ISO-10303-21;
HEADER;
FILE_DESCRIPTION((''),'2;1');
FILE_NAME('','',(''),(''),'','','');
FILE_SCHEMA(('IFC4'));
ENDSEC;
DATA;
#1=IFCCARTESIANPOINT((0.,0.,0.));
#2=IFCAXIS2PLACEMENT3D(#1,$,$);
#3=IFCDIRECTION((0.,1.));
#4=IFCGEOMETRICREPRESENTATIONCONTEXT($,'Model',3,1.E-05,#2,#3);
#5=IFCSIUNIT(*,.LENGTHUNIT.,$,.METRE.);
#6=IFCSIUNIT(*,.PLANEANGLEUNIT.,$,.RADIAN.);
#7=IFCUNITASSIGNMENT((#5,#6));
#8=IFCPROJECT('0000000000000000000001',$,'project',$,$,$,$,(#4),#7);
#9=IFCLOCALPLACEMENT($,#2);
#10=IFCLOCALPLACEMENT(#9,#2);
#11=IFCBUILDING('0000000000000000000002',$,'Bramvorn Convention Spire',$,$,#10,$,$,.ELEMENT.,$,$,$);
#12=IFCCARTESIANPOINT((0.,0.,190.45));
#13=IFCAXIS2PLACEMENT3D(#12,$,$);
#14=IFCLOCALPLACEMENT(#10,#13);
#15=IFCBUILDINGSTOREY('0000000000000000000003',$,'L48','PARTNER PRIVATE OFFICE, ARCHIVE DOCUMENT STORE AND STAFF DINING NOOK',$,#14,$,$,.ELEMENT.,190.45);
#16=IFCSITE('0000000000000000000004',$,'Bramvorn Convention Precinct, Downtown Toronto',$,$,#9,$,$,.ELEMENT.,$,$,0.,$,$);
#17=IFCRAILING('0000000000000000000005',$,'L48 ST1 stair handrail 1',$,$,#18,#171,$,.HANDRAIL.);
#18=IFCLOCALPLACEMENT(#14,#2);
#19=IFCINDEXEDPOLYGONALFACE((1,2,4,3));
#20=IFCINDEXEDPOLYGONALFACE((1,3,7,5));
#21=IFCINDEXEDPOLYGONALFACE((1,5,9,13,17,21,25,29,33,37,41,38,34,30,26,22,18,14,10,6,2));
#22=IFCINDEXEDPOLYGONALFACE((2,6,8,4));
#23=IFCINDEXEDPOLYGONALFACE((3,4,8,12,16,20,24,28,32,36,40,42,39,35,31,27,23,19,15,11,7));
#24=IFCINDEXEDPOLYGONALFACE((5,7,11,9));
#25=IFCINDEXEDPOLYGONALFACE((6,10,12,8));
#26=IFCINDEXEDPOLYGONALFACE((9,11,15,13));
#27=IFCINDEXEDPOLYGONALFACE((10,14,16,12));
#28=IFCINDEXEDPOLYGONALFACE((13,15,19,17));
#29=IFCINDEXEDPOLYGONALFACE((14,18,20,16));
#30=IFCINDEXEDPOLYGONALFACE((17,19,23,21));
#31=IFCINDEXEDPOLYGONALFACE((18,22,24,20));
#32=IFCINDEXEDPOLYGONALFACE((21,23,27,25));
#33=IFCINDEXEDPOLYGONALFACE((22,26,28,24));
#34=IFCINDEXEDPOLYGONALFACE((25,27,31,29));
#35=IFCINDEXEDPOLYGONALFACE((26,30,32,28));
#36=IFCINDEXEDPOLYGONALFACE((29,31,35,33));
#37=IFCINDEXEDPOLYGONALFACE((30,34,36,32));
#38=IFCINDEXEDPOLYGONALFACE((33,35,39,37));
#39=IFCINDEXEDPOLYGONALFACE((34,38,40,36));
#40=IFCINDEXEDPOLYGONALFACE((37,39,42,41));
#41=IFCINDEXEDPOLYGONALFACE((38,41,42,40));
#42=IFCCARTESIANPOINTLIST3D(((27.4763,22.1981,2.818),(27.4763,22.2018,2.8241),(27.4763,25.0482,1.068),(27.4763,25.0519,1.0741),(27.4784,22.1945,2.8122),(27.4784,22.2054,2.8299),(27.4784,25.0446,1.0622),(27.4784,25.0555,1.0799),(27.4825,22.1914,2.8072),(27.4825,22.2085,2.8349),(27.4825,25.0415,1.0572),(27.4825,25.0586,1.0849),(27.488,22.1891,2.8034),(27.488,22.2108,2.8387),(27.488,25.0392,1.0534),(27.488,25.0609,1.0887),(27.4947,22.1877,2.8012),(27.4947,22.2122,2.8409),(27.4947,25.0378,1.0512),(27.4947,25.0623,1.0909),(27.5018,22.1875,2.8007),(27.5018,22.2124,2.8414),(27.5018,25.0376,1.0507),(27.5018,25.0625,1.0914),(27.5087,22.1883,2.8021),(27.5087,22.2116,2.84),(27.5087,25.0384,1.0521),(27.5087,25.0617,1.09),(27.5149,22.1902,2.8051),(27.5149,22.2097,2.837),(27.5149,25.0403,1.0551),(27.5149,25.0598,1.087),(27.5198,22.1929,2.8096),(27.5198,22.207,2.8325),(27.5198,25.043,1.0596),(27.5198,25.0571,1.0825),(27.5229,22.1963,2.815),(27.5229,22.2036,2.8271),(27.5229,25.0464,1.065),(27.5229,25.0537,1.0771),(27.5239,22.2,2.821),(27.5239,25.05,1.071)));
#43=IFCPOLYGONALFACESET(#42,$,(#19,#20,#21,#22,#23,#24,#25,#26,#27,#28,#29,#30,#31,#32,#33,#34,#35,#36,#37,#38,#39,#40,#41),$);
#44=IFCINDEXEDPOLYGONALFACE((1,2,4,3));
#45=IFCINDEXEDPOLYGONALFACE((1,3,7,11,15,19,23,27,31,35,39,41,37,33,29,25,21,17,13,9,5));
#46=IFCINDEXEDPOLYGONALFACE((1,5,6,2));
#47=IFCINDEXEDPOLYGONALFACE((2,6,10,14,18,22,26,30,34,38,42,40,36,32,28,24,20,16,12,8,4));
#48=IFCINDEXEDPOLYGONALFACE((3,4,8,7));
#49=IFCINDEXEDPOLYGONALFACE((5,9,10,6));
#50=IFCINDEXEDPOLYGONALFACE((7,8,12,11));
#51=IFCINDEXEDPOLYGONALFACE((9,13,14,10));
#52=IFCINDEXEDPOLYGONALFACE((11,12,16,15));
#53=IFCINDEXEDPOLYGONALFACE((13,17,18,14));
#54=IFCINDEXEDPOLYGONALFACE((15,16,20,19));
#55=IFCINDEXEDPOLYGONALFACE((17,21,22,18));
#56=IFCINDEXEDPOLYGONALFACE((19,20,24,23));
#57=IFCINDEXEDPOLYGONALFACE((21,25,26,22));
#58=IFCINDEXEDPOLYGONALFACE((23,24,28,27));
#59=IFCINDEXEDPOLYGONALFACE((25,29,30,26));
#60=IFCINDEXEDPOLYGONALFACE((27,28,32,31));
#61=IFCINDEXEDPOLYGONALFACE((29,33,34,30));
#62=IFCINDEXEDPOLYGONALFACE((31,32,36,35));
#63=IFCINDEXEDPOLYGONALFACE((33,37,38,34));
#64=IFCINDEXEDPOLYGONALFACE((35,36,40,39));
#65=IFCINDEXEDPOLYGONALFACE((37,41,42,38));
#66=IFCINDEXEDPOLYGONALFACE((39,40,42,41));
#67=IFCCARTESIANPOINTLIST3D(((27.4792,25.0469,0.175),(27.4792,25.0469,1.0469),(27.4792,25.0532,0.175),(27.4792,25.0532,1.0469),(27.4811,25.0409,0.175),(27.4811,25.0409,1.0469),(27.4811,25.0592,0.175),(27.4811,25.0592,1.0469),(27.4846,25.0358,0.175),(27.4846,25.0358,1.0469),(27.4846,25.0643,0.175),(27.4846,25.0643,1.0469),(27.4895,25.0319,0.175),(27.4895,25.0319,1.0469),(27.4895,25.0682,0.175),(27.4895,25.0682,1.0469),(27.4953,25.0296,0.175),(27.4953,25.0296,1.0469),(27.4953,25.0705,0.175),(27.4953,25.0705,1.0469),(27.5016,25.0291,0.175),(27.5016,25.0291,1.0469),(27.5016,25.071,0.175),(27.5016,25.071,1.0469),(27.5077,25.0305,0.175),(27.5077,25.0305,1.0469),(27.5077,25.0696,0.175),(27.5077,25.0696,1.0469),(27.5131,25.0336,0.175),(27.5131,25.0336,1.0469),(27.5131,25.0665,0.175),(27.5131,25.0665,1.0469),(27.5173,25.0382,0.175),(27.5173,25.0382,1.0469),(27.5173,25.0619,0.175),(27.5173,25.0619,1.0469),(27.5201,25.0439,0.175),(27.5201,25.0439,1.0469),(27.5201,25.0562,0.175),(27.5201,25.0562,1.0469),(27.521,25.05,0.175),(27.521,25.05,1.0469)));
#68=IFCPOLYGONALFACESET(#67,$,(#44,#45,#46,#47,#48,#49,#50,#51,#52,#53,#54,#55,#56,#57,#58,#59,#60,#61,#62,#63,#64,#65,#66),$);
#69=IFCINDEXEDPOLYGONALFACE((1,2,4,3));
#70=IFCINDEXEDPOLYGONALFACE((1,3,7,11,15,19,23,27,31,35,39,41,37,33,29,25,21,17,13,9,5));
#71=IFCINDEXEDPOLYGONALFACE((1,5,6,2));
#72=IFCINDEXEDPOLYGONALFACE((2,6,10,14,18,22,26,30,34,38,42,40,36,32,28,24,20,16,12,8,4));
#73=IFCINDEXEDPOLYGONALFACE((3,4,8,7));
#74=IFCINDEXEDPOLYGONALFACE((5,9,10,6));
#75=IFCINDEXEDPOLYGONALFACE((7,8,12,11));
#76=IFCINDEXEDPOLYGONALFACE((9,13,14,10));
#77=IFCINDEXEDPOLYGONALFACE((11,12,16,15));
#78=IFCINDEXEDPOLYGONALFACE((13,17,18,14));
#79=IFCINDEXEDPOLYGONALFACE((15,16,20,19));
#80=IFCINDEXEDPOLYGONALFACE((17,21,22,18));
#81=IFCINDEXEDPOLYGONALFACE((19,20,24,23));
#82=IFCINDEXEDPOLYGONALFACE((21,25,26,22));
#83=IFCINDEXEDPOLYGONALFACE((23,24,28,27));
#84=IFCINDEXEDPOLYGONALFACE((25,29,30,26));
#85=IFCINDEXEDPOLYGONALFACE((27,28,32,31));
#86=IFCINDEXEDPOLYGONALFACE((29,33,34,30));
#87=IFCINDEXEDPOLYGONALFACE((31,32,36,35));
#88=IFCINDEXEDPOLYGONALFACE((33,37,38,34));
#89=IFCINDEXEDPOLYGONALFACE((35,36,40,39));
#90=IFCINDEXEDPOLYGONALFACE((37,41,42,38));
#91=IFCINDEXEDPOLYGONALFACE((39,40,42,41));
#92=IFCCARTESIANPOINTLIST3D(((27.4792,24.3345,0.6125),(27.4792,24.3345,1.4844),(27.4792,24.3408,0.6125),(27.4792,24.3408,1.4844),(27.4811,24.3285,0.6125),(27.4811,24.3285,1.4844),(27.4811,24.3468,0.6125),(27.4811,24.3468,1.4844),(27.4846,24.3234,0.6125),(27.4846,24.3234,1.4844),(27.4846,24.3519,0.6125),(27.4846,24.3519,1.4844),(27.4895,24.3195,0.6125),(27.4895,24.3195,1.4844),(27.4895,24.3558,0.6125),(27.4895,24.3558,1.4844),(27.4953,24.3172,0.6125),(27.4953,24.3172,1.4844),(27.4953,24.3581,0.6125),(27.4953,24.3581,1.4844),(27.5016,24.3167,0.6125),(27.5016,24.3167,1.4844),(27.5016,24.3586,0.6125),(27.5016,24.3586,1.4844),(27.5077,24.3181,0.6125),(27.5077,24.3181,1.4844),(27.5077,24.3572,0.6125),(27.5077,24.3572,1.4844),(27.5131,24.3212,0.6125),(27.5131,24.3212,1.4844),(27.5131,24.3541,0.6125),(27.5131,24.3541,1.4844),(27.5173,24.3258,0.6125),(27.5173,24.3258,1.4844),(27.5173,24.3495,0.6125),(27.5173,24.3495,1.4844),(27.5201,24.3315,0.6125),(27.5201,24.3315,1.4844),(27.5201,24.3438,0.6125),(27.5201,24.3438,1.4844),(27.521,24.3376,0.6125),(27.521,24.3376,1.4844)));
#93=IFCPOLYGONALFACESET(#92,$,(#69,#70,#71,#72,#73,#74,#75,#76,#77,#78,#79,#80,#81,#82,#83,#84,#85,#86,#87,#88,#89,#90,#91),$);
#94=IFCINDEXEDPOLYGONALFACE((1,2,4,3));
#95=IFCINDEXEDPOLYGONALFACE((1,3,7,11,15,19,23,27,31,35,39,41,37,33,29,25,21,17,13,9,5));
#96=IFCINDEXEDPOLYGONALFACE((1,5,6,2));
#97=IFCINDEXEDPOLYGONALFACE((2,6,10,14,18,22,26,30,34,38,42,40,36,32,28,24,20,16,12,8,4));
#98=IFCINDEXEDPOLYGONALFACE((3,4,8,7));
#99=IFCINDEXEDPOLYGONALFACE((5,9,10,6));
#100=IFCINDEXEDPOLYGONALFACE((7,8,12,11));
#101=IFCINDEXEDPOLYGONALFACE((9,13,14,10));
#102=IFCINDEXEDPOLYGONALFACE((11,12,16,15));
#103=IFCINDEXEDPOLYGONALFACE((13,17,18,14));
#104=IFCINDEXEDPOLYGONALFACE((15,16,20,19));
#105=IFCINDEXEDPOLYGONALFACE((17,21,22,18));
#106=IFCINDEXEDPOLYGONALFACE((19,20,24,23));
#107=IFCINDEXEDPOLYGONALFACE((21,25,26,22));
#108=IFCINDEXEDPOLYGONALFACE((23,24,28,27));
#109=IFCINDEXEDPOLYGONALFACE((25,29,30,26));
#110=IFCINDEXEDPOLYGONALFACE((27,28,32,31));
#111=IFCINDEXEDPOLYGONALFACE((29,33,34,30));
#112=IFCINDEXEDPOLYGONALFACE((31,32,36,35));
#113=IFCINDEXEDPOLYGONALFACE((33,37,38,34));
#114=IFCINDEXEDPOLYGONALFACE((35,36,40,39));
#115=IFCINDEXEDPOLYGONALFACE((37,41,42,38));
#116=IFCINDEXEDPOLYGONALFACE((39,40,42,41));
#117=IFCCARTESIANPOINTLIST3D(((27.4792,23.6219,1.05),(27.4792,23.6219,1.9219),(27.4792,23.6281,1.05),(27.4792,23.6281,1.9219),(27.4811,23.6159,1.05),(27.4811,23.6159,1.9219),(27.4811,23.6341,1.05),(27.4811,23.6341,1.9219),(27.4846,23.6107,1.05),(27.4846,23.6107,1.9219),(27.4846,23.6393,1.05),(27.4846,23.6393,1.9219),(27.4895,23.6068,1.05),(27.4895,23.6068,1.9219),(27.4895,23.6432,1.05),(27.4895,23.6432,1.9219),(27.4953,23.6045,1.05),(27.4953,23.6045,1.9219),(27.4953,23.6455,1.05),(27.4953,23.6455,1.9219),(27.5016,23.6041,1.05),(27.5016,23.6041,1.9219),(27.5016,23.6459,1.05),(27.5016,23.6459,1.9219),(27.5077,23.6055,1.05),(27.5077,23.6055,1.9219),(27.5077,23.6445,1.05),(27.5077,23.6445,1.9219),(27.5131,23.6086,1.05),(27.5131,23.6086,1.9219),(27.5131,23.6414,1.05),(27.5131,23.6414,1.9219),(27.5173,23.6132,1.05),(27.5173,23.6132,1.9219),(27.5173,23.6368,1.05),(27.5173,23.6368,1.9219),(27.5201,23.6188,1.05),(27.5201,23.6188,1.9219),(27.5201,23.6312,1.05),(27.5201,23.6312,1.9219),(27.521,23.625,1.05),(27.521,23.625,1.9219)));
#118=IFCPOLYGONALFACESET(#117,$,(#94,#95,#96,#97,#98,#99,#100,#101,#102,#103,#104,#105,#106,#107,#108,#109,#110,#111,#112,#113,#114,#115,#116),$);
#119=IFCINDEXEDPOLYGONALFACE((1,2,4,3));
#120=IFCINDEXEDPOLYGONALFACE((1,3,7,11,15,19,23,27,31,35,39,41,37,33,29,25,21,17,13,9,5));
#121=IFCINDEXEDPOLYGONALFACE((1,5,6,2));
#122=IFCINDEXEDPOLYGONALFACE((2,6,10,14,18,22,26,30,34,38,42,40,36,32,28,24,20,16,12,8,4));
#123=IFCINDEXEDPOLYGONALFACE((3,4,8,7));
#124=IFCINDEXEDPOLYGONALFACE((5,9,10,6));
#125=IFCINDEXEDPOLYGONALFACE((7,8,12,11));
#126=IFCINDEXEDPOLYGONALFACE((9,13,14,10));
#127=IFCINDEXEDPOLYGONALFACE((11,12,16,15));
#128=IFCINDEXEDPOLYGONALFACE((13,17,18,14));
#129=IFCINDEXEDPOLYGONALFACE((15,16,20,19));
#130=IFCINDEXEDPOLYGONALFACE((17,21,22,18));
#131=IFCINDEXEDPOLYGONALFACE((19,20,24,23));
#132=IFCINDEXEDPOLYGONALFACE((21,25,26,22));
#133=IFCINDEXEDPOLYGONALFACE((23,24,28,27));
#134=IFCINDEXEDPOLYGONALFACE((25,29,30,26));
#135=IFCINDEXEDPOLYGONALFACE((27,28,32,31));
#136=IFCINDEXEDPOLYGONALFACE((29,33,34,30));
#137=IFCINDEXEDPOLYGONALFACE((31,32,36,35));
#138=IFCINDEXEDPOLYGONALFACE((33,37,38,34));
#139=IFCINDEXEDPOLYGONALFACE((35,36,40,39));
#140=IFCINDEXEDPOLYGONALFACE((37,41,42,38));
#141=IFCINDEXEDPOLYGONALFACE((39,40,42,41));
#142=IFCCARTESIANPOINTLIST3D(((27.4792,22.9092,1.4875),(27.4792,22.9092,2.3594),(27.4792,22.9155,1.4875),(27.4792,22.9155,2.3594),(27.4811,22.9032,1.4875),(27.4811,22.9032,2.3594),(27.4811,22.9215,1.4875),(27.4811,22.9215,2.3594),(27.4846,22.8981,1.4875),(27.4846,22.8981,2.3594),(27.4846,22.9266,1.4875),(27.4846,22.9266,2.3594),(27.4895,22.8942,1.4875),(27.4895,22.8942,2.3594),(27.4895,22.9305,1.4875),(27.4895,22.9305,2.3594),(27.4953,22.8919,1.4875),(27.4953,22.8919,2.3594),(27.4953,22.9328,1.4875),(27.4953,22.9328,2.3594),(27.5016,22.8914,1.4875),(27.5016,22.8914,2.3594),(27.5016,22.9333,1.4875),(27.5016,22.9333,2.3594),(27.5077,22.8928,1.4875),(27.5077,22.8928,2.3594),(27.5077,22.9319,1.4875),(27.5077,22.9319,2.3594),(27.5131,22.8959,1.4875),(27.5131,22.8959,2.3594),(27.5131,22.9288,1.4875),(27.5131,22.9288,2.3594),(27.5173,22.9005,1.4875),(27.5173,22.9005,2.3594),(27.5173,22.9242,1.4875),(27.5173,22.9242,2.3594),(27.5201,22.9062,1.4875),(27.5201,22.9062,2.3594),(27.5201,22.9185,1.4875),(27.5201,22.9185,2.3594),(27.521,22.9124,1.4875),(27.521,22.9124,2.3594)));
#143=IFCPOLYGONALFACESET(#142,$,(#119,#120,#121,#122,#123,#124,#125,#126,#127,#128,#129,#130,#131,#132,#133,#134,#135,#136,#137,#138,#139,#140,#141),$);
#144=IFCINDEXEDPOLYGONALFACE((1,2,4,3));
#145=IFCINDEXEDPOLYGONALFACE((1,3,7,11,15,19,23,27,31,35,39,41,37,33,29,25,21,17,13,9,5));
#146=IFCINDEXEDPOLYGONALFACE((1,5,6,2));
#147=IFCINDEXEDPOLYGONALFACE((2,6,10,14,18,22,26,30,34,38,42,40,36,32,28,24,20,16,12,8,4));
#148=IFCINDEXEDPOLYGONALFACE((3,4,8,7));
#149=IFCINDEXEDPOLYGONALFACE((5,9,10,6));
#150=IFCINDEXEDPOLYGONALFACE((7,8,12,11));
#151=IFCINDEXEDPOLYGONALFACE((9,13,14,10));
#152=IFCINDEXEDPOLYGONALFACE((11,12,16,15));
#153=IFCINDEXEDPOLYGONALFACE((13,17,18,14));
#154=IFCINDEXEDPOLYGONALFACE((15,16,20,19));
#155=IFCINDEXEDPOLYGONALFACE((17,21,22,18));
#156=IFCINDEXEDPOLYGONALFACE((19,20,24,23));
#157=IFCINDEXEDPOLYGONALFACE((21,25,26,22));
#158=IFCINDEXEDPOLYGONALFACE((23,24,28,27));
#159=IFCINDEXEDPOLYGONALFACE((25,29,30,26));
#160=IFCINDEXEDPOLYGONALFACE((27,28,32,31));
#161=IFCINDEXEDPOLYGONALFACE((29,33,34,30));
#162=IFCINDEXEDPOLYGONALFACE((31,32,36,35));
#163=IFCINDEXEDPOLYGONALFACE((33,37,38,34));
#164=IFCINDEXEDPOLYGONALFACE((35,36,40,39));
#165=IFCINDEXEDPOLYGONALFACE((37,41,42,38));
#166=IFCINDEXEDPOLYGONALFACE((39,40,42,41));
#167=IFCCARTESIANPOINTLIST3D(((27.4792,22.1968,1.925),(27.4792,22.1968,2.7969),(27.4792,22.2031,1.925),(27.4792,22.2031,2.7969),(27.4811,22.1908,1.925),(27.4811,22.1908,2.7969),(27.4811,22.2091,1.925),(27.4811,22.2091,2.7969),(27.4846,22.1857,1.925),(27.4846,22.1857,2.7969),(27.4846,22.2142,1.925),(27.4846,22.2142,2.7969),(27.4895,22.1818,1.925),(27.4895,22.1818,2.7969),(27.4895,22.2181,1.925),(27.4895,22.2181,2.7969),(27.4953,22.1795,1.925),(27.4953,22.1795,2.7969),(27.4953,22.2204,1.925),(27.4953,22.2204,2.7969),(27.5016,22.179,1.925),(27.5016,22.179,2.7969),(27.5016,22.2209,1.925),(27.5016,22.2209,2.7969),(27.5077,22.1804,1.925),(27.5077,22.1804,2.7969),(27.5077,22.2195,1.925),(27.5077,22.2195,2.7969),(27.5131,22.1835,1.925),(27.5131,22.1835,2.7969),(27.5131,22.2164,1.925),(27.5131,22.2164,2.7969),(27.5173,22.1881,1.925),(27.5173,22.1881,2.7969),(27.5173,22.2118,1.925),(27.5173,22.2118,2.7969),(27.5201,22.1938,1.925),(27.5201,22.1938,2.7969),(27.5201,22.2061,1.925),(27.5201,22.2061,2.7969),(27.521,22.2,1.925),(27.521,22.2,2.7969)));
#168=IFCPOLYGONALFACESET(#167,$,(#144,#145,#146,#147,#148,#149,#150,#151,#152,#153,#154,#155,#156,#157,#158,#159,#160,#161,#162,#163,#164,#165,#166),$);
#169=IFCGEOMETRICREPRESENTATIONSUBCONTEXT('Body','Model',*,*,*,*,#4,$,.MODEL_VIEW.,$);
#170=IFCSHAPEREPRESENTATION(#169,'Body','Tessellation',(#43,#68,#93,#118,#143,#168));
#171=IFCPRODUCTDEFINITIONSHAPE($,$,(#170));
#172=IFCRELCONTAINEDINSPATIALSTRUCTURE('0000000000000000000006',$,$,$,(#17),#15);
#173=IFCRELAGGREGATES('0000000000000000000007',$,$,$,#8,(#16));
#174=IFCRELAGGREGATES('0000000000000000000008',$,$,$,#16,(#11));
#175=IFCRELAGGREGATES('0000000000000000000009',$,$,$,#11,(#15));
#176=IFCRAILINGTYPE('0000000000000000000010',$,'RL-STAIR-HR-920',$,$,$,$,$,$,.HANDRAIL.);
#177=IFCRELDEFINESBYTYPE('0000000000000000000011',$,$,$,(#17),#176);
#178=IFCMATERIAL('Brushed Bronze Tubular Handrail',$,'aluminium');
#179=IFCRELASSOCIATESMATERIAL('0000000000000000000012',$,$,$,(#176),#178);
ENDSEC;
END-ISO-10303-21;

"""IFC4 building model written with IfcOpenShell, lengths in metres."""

from ifc_helpers import new_model, si_unit, direction, frame, origin, origin_2d, place, context, subcontext, project, spatial, circle, extrude, material, type_object, element, save


model = new_model("IFC4")

# Units and contexts
model_context = context("Model", 3, precision=1e-05, world=origin(), true_north=direction((0.0, 1.0)))
body_context = subcontext(model_context, "Body", "Model", "MODEL_VIEW")
ifc_project = project(units=[si_unit("LENGTHUNIT", "METRE"), si_unit("PLANEANGLEUNIT", "RADIAN")], contexts=[model_context])

# Site, building, storey
site_placement = place(None, origin())
site = spatial("IfcSite", under=ifc_project, at=site_placement, Name="Bramvorn Convention Precinct, Downtown Toronto", CompositionType="ELEMENT", RefElevation=0.0)
building_placement = place(site_placement, origin())
building = spatial("IfcBuilding", under=site, at=building_placement, Name="Bramvorn Convention Spire", CompositionType="ELEMENT")
storey_placement = place(building_placement, frame((0.0, 0.0, 190.45)))
storey = spatial("IfcBuildingStorey", under=building, at=storey_placement, Name="L48", Description="PARTNER PRIVATE OFFICE, ARCHIVE DOCUMENT STORE AND STAFF DINING NOOK", CompositionType="ELEMENT", Elevation=190.45)

# Railing
ifc_material_1 = material(Name="Brushed Bronze Tubular Handrail", Category="aluminium")
railing_type_1 = type_object("IfcRailingType", Name="RL-STAIR-HR-920", PredefinedType="HANDRAIL", material=ifc_material_1)
railing_1_placement = place(storey_placement, frame((27.5, 25.05, 0.175)))
element("IfcRailing", 1, at=railing_1_placement, inside=storey, type_object=railing_type_1, Name="L48 ST1 stair handrail 1", PredefinedType="HANDRAIL", context=body_context, shape_type="SweptSolid", body=[
    extrude(circle(Radius=0.0239, at=origin_2d()), frame((0.0, 0.0, 0.896), z_axis=(0.0, -0.852179, 0.52325), x_axis=(1.0, 0.0, 0.0)), (0.0, 0.0, 1.0), 3.3445),
    extrude(circle(Radius=0.021, at=origin_2d()), origin(), (0.0, 0.0, 1.0), 0.8718),
    extrude(circle(Radius=0.021, at=origin_2d()), frame((0.0, -0.7124, 0.4375)), (0.0, 0.0, 1.0), 0.8718),
    extrude(circle(Radius=0.021, at=origin_2d()), frame((0.0, -1.425, 0.875)), (0.0, 0.0, 1.0), 0.8718),
    extrude(circle(Radius=0.021, at=origin_2d()), frame((0.0, -2.1377, 1.3125)), (0.0, 0.0, 1.0), 0.8718),
    extrude(circle(Radius=0.021, at=origin_2d()), frame((0.0, -2.8501, 1.75)), (0.0, 0.0, 1.0), 0.8718),
])

save(model, "model.ifc")
